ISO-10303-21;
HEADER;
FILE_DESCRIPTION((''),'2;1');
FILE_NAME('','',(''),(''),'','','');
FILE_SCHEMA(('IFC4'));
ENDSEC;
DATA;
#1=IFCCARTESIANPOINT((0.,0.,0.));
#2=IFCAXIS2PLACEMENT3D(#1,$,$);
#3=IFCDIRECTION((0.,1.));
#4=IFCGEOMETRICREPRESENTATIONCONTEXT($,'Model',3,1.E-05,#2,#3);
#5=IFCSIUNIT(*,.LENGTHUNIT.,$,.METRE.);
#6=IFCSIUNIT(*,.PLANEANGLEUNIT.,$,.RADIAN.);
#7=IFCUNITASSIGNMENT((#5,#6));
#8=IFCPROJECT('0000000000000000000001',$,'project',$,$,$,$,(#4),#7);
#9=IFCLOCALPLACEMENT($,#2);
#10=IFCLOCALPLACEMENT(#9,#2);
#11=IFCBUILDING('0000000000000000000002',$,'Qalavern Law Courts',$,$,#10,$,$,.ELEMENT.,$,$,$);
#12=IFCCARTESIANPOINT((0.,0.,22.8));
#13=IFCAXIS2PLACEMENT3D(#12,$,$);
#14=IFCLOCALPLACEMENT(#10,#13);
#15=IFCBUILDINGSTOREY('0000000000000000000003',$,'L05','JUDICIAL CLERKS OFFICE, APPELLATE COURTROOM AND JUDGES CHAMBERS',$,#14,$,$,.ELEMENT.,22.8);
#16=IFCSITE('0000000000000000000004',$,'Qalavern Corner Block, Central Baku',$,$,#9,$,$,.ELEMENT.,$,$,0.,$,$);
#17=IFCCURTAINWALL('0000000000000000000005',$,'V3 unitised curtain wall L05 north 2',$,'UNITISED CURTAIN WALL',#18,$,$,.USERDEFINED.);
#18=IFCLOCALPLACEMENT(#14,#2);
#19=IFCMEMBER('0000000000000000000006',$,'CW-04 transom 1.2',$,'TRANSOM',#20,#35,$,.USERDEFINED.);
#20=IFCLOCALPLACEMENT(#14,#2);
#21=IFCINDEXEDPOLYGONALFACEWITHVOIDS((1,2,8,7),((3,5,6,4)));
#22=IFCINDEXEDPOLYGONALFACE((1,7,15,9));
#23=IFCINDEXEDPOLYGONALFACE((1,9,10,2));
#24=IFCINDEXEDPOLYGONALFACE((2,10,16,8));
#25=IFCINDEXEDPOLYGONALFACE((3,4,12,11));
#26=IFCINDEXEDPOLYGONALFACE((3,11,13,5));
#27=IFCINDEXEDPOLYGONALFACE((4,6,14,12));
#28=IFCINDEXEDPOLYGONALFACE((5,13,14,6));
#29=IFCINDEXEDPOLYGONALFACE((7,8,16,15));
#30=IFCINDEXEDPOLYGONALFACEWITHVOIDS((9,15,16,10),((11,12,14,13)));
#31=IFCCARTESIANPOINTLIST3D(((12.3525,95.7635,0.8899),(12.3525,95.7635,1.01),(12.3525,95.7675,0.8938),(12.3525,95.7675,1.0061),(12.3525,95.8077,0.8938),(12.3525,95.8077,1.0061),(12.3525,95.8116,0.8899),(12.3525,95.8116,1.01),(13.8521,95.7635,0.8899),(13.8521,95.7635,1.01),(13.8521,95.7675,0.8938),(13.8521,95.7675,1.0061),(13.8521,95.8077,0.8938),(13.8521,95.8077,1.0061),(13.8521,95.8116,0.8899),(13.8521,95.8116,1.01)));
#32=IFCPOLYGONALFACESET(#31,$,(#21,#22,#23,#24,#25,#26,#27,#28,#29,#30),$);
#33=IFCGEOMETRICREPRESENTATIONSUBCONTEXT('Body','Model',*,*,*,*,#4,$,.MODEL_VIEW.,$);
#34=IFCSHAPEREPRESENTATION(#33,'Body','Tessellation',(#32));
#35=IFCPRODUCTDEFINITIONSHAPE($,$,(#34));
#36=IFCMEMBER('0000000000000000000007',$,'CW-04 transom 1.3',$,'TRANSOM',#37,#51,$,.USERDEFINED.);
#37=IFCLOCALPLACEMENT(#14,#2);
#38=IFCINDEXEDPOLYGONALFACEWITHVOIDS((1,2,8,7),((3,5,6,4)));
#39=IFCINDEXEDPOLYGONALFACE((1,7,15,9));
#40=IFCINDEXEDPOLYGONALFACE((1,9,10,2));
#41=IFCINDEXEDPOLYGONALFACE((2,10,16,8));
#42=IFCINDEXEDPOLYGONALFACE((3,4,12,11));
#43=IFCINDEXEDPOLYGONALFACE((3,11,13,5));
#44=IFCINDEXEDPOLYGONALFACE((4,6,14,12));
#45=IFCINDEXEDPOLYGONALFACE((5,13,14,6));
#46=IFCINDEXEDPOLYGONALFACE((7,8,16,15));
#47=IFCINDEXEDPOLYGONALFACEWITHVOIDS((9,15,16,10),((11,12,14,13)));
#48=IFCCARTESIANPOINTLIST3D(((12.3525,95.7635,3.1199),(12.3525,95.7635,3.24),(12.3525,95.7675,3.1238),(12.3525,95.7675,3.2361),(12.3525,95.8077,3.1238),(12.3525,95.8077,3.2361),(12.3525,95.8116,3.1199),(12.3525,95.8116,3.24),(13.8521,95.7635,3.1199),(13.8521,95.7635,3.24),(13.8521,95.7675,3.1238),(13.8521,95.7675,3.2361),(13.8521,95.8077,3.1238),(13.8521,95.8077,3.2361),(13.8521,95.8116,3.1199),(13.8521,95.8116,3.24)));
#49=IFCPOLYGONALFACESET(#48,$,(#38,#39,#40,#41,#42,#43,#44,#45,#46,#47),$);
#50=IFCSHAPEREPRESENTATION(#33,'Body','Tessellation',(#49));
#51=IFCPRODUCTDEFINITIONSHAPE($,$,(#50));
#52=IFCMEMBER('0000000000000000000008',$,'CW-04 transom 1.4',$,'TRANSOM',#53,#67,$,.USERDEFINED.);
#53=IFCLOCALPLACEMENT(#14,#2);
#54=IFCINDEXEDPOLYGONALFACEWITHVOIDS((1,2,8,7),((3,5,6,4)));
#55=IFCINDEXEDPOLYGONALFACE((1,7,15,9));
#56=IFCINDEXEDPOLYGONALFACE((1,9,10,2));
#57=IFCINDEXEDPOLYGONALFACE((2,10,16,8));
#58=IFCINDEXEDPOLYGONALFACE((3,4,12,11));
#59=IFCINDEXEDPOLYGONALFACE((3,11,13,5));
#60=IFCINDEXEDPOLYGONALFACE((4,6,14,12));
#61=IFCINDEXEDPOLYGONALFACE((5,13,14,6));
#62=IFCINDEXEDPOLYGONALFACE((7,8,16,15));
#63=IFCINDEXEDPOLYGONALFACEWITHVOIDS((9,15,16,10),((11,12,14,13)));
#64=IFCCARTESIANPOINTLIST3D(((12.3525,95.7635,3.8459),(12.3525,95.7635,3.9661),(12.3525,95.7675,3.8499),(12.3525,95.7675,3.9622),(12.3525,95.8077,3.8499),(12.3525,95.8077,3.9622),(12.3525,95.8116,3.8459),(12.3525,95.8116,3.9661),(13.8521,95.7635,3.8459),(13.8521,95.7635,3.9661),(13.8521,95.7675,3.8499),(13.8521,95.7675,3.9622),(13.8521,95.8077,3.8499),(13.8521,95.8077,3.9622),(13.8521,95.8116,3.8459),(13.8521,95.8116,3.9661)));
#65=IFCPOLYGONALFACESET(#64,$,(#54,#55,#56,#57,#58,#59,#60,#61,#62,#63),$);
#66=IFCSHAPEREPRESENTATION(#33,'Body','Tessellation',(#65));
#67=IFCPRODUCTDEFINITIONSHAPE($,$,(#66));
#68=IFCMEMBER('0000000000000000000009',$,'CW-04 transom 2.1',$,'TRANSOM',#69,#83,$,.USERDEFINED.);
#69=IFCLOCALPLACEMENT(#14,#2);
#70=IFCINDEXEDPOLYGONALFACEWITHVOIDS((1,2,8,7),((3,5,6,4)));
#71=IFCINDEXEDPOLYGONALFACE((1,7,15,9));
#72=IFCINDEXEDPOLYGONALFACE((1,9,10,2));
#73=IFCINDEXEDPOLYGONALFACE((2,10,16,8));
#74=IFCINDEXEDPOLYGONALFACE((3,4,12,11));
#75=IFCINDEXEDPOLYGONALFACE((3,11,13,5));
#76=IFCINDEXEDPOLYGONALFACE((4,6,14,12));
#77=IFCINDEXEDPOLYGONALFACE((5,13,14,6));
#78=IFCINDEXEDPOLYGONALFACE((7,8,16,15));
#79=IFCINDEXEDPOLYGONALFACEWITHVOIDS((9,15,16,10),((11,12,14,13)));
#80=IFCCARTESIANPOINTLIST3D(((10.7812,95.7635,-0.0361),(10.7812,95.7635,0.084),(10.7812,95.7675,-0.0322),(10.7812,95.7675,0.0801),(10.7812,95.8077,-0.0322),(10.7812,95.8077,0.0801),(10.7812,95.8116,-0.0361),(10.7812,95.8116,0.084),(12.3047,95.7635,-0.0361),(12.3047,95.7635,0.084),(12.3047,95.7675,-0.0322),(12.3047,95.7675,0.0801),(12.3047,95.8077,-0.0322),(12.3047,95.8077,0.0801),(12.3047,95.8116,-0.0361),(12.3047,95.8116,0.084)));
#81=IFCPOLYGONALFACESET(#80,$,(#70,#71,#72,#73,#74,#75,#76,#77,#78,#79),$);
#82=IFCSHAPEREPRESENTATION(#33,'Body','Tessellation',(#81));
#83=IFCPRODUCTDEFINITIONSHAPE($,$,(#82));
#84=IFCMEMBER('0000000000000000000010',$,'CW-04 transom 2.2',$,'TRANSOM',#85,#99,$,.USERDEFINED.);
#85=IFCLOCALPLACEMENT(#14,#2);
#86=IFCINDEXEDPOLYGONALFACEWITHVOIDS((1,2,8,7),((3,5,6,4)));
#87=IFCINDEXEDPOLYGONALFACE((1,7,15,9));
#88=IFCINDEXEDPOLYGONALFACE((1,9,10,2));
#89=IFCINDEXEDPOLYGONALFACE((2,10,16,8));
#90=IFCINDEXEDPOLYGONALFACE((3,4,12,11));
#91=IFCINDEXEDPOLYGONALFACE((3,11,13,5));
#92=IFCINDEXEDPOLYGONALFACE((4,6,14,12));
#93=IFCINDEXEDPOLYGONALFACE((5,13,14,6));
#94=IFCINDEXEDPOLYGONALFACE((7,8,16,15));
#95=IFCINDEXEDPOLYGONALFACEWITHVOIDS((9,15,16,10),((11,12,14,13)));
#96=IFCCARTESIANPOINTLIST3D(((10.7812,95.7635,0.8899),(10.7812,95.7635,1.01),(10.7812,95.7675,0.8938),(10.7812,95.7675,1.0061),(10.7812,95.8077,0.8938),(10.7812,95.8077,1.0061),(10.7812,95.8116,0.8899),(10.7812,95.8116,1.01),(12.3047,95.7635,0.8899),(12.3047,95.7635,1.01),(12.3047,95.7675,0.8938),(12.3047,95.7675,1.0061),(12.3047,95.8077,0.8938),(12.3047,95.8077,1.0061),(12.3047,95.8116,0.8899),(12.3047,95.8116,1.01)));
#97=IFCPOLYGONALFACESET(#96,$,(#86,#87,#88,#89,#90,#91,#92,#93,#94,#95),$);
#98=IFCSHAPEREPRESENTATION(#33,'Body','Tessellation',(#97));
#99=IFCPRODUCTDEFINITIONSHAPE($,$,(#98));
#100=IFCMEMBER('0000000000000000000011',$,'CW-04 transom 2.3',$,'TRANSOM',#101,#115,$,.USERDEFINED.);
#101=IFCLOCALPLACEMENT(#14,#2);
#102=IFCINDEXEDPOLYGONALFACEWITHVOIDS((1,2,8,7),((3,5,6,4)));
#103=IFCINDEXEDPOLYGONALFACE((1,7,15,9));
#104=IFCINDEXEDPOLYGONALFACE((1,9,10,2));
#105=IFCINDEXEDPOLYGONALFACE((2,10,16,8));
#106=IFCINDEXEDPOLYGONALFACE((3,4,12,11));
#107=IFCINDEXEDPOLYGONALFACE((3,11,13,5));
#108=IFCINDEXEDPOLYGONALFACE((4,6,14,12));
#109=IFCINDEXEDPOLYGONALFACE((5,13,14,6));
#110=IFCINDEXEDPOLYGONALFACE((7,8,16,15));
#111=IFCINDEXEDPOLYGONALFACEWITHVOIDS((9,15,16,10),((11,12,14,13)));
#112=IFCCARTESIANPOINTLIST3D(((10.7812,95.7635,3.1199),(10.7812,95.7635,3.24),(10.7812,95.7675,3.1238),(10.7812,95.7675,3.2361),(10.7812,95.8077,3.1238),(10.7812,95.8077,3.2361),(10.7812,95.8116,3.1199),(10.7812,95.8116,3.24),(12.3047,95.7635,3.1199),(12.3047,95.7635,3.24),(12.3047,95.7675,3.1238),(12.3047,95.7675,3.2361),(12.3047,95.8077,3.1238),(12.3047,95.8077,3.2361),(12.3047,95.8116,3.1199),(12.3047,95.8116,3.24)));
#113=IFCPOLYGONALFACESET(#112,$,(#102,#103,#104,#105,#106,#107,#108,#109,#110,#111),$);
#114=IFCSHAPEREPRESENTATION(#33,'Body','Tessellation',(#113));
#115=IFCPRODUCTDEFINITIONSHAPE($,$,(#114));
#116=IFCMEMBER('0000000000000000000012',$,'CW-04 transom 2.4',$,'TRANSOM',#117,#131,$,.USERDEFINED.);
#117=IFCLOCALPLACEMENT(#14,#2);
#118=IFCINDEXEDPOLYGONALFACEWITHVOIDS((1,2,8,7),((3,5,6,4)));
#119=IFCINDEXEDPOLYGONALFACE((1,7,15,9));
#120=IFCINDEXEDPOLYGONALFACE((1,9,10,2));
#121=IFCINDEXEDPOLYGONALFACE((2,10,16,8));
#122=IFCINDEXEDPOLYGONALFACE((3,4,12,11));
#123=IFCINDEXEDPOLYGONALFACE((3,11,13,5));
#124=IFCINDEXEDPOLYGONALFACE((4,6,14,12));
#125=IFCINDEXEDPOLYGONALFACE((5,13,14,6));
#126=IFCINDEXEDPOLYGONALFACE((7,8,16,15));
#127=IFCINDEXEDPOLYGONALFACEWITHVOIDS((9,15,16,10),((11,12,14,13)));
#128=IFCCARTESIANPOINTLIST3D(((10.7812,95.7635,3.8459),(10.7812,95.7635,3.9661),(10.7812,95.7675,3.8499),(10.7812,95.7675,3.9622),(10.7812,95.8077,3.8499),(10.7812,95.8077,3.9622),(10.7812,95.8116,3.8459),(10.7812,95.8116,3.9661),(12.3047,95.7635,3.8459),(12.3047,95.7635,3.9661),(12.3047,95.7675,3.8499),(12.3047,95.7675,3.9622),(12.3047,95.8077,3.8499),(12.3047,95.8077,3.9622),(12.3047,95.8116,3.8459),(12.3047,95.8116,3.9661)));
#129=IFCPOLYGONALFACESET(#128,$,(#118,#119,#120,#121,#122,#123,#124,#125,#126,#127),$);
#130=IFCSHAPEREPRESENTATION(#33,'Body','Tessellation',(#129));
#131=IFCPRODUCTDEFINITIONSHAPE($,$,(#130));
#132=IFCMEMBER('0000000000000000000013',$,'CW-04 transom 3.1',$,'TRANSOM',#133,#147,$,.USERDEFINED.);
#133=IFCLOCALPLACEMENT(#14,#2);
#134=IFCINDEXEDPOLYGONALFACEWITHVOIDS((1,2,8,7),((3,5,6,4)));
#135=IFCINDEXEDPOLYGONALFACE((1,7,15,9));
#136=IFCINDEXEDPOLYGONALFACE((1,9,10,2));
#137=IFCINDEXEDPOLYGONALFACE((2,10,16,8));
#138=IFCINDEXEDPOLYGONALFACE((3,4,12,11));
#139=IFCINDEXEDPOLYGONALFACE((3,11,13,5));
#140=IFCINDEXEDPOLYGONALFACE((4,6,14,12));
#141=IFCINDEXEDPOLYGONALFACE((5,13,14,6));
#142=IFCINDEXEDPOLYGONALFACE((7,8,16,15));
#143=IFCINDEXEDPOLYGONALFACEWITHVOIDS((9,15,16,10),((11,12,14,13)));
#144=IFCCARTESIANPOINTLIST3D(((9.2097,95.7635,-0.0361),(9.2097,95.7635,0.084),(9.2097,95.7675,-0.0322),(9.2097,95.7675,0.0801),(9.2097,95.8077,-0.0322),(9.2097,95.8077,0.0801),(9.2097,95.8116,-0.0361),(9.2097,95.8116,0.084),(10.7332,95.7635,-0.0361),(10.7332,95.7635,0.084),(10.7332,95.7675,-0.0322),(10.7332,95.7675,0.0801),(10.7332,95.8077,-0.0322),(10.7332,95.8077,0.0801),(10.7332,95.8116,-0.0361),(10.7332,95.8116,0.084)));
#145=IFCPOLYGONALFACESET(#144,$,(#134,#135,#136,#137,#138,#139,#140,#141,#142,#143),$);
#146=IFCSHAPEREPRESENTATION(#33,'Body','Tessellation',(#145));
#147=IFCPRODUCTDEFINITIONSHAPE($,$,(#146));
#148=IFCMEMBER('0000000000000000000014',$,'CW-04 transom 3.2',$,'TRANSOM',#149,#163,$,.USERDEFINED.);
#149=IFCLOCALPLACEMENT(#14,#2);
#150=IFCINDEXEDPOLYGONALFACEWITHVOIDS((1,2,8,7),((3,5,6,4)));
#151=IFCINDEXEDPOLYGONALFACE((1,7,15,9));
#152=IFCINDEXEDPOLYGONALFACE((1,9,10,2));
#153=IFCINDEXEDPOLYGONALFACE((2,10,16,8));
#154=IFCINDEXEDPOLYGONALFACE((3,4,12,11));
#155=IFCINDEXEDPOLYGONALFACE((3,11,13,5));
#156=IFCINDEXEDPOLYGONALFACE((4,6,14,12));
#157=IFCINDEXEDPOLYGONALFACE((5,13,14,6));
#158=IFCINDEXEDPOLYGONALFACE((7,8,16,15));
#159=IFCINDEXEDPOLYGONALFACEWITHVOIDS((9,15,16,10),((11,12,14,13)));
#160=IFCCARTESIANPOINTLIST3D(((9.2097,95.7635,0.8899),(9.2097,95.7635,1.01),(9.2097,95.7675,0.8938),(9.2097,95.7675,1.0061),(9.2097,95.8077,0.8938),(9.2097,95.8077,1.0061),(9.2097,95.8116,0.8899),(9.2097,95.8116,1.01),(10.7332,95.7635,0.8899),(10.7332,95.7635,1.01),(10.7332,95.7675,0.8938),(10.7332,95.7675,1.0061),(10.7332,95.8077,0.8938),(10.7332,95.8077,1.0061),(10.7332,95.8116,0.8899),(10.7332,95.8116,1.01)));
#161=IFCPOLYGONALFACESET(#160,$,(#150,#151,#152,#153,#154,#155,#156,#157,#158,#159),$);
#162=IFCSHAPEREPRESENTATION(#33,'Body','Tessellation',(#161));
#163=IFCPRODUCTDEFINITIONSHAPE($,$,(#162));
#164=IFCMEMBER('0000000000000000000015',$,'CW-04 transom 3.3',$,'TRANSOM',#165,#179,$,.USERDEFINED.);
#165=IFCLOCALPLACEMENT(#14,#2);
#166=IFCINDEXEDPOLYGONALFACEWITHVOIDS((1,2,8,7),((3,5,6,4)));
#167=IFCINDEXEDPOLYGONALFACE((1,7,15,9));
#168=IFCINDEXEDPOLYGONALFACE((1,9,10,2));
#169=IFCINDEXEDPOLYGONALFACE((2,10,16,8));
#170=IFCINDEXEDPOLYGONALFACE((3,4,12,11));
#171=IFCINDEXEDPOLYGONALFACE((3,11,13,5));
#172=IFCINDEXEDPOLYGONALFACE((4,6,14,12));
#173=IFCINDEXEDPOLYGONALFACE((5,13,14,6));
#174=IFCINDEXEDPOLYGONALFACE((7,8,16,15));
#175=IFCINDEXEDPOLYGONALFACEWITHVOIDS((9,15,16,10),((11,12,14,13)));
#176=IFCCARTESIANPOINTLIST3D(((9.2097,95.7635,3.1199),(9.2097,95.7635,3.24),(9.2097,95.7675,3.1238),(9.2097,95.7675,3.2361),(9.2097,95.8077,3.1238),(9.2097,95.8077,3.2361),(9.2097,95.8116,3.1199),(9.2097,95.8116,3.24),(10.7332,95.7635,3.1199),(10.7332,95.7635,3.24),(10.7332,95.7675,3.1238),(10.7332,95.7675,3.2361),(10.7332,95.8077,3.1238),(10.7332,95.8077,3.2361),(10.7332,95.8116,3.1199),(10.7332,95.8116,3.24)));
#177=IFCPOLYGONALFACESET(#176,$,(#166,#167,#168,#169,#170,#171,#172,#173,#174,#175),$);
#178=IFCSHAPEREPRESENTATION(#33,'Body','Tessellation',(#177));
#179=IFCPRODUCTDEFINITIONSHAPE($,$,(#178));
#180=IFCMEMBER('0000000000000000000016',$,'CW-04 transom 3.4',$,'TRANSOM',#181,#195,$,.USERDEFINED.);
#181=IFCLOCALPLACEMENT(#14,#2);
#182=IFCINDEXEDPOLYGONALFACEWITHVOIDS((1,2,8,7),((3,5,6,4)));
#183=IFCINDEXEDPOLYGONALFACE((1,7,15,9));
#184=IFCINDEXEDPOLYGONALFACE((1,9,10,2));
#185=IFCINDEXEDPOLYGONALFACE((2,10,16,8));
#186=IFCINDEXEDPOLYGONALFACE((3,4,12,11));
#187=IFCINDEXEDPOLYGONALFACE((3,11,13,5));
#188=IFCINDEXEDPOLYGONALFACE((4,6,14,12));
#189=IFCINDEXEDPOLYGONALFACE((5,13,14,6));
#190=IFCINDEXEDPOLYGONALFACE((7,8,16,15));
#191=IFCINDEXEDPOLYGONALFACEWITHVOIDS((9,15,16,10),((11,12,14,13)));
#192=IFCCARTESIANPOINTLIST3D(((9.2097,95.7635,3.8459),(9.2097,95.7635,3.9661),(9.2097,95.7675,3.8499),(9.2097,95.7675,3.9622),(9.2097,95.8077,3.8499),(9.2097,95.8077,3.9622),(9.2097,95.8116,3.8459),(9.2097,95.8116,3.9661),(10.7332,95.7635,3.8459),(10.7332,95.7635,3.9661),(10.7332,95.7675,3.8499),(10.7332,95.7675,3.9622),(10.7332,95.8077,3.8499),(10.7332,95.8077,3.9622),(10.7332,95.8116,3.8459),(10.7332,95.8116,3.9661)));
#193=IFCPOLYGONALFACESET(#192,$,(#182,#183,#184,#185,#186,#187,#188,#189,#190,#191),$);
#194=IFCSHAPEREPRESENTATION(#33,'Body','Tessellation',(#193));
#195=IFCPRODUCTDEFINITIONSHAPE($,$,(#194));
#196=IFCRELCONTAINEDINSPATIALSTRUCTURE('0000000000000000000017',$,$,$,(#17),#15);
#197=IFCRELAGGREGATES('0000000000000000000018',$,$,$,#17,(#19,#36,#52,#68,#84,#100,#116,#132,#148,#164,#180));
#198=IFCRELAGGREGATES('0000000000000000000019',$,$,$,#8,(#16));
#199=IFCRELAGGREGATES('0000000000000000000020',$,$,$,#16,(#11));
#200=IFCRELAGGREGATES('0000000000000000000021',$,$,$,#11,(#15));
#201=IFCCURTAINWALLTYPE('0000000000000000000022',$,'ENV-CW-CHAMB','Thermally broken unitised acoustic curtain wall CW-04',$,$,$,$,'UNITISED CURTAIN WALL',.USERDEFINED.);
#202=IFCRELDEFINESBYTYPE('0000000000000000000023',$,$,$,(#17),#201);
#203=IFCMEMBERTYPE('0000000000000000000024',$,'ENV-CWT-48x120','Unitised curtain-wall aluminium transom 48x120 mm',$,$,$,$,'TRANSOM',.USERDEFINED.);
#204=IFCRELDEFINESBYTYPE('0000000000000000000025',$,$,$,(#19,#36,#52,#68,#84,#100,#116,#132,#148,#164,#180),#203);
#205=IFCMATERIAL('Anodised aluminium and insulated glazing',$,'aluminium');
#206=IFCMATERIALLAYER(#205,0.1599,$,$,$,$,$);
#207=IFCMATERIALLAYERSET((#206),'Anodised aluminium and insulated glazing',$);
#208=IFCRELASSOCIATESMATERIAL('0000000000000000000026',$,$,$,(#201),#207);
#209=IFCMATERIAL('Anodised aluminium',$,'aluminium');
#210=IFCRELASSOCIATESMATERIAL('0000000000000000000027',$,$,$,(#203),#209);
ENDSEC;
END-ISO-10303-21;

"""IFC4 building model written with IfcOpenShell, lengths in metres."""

from ifc_helpers import new_model, si_unit, direction, frame, origin, origin_2d, place, context, subcontext, project, spatial, hollow_rectangle, extrude, material, layer, layer_set, material_profile, profile_set, type_object, element, aggregate, save


model = new_model("IFC4")

# Units and contexts
model_context = context("Model", 3, precision=1e-05, world=origin(), true_north=direction((0.0, 1.0)))
body_context = subcontext(model_context, "Body", "Model", "MODEL_VIEW")
ifc_project = project(units=[si_unit("LENGTHUNIT", "METRE"), si_unit("PLANEANGLEUNIT", "RADIAN")], contexts=[model_context])

# Site, building, storey
site_placement = place(None, origin())
site = spatial("IfcSite", under=ifc_project, at=site_placement, Name="Qalavern Corner Block, Central Baku", CompositionType="ELEMENT", RefElevation=0.0)
building_placement = place(site_placement, origin())
building = spatial("IfcBuilding", under=site, at=building_placement, Name="Qalavern Law Courts", CompositionType="ELEMENT")
storey_placement = place(building_placement, frame((0.0, 0.0, 22.8)))
storey = spatial("IfcBuildingStorey", under=building, at=storey_placement, Name="L05", Description="JUDICIAL CLERKS OFFICE, APPELLATE COURTROOM AND JUDGES CHAMBERS", CompositionType="ELEMENT", Elevation=22.8)

# Curtain wall
ifc_material_1 = material(Name="Anodised aluminium and insulated glazing", Category="aluminium")
ifc_layer_1 = layer(ifc_material_1, 0.1599)
ifc_layer_set_1 = layer_set([ifc_layer_1], Name="Anodised aluminium and insulated glazing")
curtain_wall_type = type_object("IfcCurtainWallType", Name="ENV-CW-CHAMB", Description="Thermally broken unitised acoustic curtain wall CW-04", ElementType="UNITISED CURTAIN WALL", PredefinedType="USERDEFINED", material=ifc_layer_set_1)
ifc_material_2 = material(Name="Anodised aluminium", Category="aluminium")
curtain_wall_1_placement = place(storey_placement, origin())
curtain_wall_1 = element("IfcCurtainWall", 1, at=curtain_wall_1_placement, inside=storey, type_object=curtain_wall_type, Name="V3 unitised curtain wall L05 north 2", ObjectType="UNITISED CURTAIN WALL", PredefinedType="USERDEFINED")

# Members
ifc_material_profile_1 = material_profile(ifc_material_2, hollow_rectangle(XDim=0.0481, YDim=0.1201, WallThickness=0.0039, at=origin_2d()), Name="ALU TRANSOM 48x120")
ifc_profile_set_1 = profile_set([ifc_material_profile_1], Name="Anodised aluminium")
member_type_1 = type_object("IfcMemberType", Name="ENV-CWT-48x120", Description="Unitised curtain-wall aluminium transom 48x120 mm", ElementType="TRANSOM", PredefinedType="USERDEFINED", material=ifc_profile_set_1)
member_1_placement = place(storey_placement, frame((13.8521, 95.7876, 0.95), z_axis=(-1.0, 0.0, 0.0), x_axis=(0.0, -1.0, 0.0)))
member_1 = element("IfcMember", 2, at=member_1_placement, type_object=member_type_1, Name="CW-04 transom 1.2", ObjectType="TRANSOM", PredefinedType="USERDEFINED", context=body_context, shape_type="SweptSolid", body=[
    extrude(hollow_rectangle(XDim=0.0481, YDim=0.1201, WallThickness=0.0039, at=origin_2d()), origin(), (0.0, 0.0, 1.0), 1.4995),
])
member_2_placement = place(storey_placement, frame((13.8521, 95.7876, 3.1799), z_axis=(-1.0, 0.0, 0.0), x_axis=(0.0, -1.0, 0.0)))
member_2 = element("IfcMember", 3, at=member_2_placement, type_object=member_type_1, Name="CW-04 transom 1.3", ObjectType="TRANSOM", PredefinedType="USERDEFINED", context=body_context, shape_type="SweptSolid", body=[
    extrude(hollow_rectangle(XDim=0.0481, YDim=0.1201, WallThickness=0.0039, at=origin_2d()), origin(), (0.0, 0.0, 1.0), 1.4995),
])
member_3_placement = place(storey_placement, frame((13.8521, 95.7876, 3.906), z_axis=(-1.0, 0.0, 0.0), x_axis=(0.0, -1.0, 0.0)))
member_3 = element("IfcMember", 4, at=member_3_placement, type_object=member_type_1, Name="CW-04 transom 1.4", ObjectType="TRANSOM", PredefinedType="USERDEFINED", context=body_context, shape_type="SweptSolid", body=[
    extrude(hollow_rectangle(XDim=0.0481, YDim=0.1201, WallThickness=0.0039, at=origin_2d()), origin(), (0.0, 0.0, 1.0), 1.4995),
])
member_4_placement = place(storey_placement, frame((12.3047, 95.7876, 0.0239), z_axis=(-1.0, 0.0, 0.0), x_axis=(0.0, -1.0, 0.0)))
member_4 = element("IfcMember", 5, at=member_4_placement, type_object=member_type_1, Name="CW-04 transom 2.1", ObjectType="TRANSOM", PredefinedType="USERDEFINED", context=body_context, shape_type="SweptSolid", body=[
    extrude(hollow_rectangle(XDim=0.0481, YDim=0.1201, WallThickness=0.0039, at=origin_2d()), origin(), (0.0, 0.0, 1.0), 1.5234),
])
member_5_placement = place(storey_placement, frame((12.3047, 95.7876, 0.95), z_axis=(-1.0, 0.0, 0.0), x_axis=(0.0, -1.0, 0.0)))
member_5 = element("IfcMember", 6, at=member_5_placement, type_object=member_type_1, Name="CW-04 transom 2.2", ObjectType="TRANSOM", PredefinedType="USERDEFINED", context=body_context, shape_type="SweptSolid", body=[
    extrude(hollow_rectangle(XDim=0.0481, YDim=0.1201, WallThickness=0.0039, at=origin_2d()), origin(), (0.0, 0.0, 1.0), 1.5234),
])
member_6_placement = place(storey_placement, frame((12.3047, 95.7876, 3.1799), z_axis=(-1.0, 0.0, 0.0), x_axis=(0.0, -1.0, 0.0)))
member_6 = element("IfcMember", 7, at=member_6_placement, type_object=member_type_1, Name="CW-04 transom 2.3", ObjectType="TRANSOM", PredefinedType="USERDEFINED", context=body_context, shape_type="SweptSolid", body=[
    extrude(hollow_rectangle(XDim=0.0481, YDim=0.1201, WallThickness=0.0039, at=origin_2d()), origin(), (0.0, 0.0, 1.0), 1.5234),
])
member_7_placement = place(storey_placement, frame((12.3047, 95.7876, 3.906), z_axis=(-1.0, 0.0, 0.0), x_axis=(0.0, -1.0, 0.0)))
member_7 = element("IfcMember", 8, at=member_7_placement, type_object=member_type_1, Name="CW-04 transom 2.4", ObjectType="TRANSOM", PredefinedType="USERDEFINED", context=body_context, shape_type="SweptSolid", body=[
    extrude(hollow_rectangle(XDim=0.0481, YDim=0.1201, WallThickness=0.0039, at=origin_2d()), origin(), (0.0, 0.0, 1.0), 1.5234),
])
member_8_placement = place(storey_placement, frame((10.7332, 95.7876, 0.0239), z_axis=(-1.0, 0.0, 0.0), x_axis=(0.0, -1.0, 0.0)))
member_8 = element("IfcMember", 9, at=member_8_placement, type_object=member_type_1, Name="CW-04 transom 3.1", ObjectType="TRANSOM", PredefinedType="USERDEFINED", context=body_context, shape_type="SweptSolid", body=[
    extrude(hollow_rectangle(XDim=0.0481, YDim=0.1201, WallThickness=0.0039, at=origin_2d()), origin(), (0.0, 0.0, 1.0), 1.5234),
])
member_9_placement = place(storey_placement, frame((10.7332, 95.7876, 0.95), z_axis=(-1.0, 0.0, 0.0), x_axis=(0.0, -1.0, 0.0)))
member_9 = element("IfcMember", 10, at=member_9_placement, type_object=member_type_1, Name="CW-04 transom 3.2", ObjectType="TRANSOM", PredefinedType="USERDEFINED", context=body_context, shape_type="SweptSolid", body=[
    extrude(hollow_rectangle(XDim=0.0481, YDim=0.1201, WallThickness=0.0039, at=origin_2d()), origin(), (0.0, 0.0, 1.0), 1.5234),
])
member_10_placement = place(storey_placement, frame((10.7332, 95.7876, 3.1799), z_axis=(-1.0, 0.0, 0.0), x_axis=(0.0, -1.0, 0.0)))
member_10 = element("IfcMember", 11, at=member_10_placement, type_object=member_type_1, Name="CW-04 transom 3.3", ObjectType="TRANSOM", PredefinedType="USERDEFINED", context=body_context, shape_type="SweptSolid", body=[
    extrude(hollow_rectangle(XDim=0.0481, YDim=0.1201, WallThickness=0.0039, at=origin_2d()), origin(), (0.0, 0.0, 1.0), 1.5234),
])
member_11_placement = place(storey_placement, frame((10.7332, 95.7876, 3.906), z_axis=(-1.0, 0.0, 0.0), x_axis=(0.0, -1.0, 0.0)))
member_11 = element("IfcMember", 12, at=member_11_placement, type_object=member_type_1, Name="CW-04 transom 3.4", ObjectType="TRANSOM", PredefinedType="USERDEFINED", context=body_context, shape_type="SweptSolid", body=[
    extrude(hollow_rectangle(XDim=0.0481, YDim=0.1201, WallThickness=0.0039, at=origin_2d()), origin(), (0.0, 0.0, 1.0), 1.5234),
])

aggregate(curtain_wall_1, [member_1, member_2, member_3, member_4, member_5, member_6, member_7, member_8, member_9, member_10, member_11])

save(model, "model.ifc")
